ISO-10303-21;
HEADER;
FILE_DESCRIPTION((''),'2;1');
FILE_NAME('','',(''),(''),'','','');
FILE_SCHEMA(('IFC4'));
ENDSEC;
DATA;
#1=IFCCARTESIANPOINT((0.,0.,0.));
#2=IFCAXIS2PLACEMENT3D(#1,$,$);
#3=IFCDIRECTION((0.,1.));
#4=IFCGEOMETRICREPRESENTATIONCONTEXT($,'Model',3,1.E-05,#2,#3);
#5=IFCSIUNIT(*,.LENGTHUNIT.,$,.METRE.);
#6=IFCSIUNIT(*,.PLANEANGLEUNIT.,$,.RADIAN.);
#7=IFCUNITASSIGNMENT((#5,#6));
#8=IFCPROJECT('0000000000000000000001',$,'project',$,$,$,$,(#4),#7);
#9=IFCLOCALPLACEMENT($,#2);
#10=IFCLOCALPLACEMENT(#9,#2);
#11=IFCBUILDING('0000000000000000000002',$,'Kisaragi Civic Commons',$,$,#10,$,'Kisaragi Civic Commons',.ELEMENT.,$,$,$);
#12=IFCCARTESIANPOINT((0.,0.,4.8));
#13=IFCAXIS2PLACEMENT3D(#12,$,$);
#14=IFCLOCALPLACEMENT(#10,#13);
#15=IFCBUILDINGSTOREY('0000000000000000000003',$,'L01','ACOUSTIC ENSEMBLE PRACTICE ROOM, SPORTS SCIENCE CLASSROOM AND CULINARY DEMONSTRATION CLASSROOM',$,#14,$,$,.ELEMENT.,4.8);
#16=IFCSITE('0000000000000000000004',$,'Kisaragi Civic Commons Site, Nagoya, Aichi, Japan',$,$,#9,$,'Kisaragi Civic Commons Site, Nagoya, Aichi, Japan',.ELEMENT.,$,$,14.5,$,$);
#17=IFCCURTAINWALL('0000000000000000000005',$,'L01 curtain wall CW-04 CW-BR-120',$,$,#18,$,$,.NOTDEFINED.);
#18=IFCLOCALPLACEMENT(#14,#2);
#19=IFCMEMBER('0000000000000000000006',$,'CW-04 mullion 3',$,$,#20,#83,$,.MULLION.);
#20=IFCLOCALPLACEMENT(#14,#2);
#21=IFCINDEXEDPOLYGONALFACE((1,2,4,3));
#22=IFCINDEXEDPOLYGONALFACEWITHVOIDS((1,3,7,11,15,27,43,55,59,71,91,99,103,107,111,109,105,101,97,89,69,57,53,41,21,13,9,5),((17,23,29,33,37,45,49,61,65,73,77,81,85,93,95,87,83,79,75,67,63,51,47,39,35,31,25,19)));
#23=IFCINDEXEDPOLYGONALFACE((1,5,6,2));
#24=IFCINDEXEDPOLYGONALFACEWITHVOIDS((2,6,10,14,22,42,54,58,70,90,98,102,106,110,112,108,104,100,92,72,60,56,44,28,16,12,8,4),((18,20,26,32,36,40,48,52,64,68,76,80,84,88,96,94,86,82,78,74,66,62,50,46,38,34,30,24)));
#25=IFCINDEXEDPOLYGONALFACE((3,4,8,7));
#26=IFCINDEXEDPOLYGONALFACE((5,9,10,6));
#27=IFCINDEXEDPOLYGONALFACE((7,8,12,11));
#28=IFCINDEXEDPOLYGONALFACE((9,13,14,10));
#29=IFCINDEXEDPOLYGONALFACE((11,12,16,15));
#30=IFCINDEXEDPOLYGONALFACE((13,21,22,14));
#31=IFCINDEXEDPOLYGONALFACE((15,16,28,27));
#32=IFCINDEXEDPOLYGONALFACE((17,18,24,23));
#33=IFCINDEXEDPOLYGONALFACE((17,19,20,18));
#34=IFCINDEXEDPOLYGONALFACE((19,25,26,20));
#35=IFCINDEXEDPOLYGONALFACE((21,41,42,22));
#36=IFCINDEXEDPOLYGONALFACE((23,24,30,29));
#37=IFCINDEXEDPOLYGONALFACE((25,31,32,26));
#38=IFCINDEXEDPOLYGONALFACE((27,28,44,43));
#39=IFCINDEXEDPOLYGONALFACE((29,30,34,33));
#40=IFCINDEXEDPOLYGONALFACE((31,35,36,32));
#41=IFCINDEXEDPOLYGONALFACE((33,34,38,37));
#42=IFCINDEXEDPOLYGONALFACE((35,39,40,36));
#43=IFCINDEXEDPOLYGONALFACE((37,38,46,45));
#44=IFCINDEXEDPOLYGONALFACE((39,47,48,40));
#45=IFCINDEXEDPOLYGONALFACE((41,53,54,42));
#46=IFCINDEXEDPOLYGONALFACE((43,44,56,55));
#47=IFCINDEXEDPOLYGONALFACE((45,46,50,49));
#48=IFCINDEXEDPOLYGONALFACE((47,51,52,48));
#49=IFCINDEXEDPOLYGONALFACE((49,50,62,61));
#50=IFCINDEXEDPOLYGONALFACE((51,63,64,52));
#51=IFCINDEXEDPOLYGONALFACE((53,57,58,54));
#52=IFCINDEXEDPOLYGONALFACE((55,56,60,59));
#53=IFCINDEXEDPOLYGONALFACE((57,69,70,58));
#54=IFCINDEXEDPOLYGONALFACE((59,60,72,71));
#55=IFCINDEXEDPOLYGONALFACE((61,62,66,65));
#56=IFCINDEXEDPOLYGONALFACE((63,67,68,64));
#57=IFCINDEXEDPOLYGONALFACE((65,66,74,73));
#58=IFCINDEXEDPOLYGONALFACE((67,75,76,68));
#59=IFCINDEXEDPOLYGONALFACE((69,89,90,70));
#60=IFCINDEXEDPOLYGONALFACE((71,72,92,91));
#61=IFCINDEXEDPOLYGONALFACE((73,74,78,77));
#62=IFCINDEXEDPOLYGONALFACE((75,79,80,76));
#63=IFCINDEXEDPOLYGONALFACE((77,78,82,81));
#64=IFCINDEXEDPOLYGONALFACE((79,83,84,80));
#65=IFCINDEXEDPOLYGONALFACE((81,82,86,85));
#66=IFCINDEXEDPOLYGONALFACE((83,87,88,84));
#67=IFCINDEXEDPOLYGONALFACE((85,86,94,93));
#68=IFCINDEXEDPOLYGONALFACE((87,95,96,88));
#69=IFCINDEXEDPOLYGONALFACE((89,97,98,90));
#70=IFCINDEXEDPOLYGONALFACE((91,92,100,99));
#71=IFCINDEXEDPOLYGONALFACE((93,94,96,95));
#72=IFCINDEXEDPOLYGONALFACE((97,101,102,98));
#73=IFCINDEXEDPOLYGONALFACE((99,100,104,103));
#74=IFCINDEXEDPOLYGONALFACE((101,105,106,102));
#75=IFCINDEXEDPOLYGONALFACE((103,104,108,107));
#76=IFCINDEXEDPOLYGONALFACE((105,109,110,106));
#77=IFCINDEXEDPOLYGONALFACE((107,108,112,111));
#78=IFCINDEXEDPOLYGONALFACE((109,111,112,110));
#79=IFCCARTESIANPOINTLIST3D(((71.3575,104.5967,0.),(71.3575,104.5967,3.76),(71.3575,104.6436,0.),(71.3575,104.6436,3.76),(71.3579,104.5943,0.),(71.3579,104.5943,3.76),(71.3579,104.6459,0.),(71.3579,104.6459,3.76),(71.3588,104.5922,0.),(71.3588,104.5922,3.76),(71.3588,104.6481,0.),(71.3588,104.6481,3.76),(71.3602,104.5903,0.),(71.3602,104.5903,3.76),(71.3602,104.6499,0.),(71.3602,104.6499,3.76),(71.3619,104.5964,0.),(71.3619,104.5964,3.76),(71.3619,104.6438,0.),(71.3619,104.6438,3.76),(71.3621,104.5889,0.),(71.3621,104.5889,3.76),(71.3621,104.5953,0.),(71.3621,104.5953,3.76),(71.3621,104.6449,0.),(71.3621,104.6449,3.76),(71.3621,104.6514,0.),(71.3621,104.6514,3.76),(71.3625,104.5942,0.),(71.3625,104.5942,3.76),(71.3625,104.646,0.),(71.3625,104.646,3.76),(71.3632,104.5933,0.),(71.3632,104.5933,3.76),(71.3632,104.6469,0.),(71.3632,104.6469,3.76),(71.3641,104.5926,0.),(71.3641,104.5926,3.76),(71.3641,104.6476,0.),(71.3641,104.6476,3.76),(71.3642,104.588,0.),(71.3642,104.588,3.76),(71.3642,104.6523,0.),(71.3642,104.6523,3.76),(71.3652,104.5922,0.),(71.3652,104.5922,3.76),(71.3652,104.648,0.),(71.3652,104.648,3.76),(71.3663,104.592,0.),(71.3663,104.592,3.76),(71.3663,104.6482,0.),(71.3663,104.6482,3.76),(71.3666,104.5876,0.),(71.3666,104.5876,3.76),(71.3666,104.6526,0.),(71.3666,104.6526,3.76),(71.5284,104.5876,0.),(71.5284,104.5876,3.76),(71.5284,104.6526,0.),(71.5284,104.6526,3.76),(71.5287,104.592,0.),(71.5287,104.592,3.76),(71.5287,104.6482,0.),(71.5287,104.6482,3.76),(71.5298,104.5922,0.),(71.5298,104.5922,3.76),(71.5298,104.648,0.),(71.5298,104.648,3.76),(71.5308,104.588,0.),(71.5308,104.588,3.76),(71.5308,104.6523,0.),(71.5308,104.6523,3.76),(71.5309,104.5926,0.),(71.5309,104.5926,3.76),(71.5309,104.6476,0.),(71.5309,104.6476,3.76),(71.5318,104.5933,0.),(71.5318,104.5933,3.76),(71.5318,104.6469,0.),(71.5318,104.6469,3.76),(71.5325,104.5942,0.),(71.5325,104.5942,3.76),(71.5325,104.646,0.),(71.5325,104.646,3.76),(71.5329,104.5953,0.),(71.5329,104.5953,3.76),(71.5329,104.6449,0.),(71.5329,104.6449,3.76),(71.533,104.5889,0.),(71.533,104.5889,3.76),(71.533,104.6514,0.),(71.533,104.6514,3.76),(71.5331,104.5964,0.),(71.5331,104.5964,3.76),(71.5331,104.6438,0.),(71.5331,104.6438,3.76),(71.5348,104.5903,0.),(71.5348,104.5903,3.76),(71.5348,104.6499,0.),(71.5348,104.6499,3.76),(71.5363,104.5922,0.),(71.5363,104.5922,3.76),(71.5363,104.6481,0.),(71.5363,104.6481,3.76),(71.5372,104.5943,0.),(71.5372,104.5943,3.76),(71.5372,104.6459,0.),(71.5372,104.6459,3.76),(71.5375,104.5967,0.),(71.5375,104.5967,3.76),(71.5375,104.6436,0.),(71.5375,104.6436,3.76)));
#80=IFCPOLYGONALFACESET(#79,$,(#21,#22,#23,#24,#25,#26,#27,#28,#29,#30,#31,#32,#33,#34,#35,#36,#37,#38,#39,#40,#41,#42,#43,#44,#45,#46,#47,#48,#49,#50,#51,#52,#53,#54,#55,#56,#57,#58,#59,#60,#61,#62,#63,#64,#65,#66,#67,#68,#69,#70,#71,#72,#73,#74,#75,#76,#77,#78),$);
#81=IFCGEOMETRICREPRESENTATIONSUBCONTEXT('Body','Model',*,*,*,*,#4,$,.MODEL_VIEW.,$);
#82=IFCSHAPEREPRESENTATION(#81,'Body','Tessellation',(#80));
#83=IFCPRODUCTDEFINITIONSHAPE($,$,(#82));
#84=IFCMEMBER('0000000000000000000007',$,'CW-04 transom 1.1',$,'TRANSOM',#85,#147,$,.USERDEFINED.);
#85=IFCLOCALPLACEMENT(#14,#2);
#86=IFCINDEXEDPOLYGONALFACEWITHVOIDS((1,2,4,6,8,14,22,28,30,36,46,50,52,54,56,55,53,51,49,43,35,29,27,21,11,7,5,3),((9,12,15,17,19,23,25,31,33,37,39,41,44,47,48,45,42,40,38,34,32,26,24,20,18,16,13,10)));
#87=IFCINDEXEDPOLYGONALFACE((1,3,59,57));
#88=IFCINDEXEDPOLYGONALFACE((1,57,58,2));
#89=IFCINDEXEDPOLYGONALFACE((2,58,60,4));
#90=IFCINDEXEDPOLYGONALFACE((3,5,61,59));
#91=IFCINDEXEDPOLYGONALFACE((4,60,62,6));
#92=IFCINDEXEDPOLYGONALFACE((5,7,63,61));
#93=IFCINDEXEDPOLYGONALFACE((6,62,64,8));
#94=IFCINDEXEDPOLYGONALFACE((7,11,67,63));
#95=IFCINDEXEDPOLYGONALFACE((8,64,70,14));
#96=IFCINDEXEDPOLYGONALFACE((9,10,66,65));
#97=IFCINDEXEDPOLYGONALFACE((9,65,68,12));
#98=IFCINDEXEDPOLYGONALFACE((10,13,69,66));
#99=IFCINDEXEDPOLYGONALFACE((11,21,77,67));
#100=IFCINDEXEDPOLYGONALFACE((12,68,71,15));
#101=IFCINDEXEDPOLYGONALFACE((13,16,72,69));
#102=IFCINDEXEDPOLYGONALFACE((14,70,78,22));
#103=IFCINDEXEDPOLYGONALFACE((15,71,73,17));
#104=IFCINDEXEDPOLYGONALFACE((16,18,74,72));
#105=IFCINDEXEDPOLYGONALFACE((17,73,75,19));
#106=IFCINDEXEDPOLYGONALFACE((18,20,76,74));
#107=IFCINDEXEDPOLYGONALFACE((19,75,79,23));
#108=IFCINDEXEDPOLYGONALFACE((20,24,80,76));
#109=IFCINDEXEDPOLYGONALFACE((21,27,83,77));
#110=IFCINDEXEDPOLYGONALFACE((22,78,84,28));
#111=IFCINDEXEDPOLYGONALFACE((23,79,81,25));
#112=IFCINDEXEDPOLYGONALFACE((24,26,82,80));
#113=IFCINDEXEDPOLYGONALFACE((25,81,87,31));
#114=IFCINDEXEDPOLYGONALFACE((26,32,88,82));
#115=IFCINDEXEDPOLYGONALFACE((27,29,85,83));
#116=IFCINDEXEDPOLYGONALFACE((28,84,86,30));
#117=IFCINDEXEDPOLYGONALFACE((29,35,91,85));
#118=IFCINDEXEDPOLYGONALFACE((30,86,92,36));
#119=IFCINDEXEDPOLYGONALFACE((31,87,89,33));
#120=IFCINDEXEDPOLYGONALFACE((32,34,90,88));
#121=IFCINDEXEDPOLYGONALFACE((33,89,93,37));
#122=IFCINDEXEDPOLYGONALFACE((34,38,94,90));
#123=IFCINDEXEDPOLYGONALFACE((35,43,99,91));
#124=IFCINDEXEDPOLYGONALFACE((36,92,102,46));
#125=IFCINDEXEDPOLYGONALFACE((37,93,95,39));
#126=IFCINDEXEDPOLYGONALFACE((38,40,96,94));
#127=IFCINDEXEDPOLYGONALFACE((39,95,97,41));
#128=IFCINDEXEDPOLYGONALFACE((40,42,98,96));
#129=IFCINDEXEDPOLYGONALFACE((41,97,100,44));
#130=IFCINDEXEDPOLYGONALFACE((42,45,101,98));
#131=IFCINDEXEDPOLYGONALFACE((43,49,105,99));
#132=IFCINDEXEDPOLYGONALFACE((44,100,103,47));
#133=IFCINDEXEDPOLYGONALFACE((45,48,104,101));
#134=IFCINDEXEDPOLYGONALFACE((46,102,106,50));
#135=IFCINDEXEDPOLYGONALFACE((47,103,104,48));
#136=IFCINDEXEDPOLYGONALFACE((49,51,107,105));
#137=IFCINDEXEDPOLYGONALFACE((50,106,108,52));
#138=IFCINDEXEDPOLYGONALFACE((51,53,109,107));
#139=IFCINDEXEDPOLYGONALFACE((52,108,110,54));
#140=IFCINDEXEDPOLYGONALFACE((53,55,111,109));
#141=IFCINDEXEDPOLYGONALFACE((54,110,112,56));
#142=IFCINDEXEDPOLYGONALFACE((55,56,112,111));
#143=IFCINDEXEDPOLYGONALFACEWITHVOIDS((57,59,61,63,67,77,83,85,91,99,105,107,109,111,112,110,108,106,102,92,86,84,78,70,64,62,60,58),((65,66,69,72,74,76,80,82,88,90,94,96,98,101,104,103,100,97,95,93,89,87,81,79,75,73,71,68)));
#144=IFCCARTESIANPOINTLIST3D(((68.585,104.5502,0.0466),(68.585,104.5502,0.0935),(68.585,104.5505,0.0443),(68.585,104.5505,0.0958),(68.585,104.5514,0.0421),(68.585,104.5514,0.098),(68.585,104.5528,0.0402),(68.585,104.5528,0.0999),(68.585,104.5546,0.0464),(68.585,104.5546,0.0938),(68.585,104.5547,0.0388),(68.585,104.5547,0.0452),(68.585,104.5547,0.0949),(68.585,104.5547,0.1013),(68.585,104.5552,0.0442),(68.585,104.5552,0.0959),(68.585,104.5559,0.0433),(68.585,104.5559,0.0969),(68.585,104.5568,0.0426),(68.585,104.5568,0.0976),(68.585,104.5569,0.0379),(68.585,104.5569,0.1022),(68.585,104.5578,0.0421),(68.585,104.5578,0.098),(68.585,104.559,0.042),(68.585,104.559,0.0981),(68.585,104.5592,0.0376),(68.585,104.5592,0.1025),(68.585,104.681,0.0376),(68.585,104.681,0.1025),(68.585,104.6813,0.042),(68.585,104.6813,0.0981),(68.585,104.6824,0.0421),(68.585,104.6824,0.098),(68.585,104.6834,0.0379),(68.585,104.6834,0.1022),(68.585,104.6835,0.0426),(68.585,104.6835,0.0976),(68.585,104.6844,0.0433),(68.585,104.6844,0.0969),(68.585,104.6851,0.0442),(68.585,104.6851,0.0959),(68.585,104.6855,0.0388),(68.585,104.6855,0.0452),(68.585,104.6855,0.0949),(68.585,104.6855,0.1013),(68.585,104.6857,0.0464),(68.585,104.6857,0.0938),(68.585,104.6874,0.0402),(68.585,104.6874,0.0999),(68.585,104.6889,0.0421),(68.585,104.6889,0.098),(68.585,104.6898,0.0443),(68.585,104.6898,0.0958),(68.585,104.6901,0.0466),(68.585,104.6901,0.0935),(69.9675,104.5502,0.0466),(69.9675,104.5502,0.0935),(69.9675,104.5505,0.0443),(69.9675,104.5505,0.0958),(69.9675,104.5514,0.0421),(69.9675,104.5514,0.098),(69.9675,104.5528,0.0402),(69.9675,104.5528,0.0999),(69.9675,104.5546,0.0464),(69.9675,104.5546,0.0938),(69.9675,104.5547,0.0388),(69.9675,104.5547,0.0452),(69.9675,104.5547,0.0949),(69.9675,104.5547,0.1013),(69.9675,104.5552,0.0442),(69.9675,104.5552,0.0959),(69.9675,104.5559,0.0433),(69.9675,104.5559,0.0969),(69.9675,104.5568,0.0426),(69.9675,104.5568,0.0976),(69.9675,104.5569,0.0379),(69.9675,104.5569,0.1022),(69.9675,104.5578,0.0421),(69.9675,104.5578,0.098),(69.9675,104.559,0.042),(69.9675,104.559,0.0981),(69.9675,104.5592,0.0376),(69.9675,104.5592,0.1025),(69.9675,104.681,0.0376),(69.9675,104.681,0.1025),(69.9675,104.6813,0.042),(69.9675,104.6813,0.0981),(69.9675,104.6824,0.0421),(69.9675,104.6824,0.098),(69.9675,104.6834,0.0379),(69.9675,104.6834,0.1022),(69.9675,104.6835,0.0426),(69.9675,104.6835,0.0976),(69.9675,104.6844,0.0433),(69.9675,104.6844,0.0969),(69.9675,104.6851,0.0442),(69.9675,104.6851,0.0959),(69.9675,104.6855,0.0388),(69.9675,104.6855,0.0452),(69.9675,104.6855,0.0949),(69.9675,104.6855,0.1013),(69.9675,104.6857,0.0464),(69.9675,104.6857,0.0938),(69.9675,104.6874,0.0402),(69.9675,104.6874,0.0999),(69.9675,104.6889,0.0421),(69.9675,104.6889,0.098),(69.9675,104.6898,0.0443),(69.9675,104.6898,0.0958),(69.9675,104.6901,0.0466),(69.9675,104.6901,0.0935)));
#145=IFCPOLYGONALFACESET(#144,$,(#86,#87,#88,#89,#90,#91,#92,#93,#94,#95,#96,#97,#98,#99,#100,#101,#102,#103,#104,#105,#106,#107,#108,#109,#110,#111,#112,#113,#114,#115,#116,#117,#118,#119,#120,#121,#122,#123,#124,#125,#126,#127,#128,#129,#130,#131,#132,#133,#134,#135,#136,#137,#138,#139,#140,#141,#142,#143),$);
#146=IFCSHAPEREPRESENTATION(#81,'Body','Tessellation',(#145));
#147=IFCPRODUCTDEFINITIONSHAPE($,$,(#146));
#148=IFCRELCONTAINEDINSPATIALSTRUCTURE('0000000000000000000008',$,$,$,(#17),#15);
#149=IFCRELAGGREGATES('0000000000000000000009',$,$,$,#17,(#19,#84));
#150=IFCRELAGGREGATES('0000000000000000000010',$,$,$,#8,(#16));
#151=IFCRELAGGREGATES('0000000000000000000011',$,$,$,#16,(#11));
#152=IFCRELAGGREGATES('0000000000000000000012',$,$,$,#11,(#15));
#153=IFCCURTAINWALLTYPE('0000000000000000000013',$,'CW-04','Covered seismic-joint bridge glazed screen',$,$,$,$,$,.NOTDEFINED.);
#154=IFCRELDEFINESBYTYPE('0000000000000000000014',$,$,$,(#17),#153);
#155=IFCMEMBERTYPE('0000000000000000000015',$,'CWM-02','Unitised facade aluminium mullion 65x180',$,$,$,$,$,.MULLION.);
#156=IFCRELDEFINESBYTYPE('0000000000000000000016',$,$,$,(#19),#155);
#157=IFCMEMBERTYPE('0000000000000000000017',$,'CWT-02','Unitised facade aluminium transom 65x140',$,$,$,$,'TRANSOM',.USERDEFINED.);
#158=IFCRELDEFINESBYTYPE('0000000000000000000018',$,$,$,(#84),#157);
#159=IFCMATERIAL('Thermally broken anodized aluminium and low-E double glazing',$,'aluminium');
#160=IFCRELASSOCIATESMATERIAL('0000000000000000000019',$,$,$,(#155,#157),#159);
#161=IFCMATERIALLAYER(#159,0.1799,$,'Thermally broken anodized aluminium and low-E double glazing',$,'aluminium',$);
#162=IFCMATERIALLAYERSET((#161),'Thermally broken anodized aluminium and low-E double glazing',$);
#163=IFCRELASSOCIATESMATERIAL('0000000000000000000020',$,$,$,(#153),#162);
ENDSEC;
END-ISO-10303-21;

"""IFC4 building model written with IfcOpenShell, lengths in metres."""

from ifc_helpers import new_model, si_unit, direction, frame, origin, origin_2d, place, context, subcontext, project, spatial, hollow_rectangle, extrude, material, layer, layer_set, material_profile, profile_set, type_object, element, aggregate, save


model = new_model("IFC4")

# Units and contexts
model_context = context("Model", 3, precision=1e-05, world=origin(), true_north=direction((0.0, 1.0)))
body_context = subcontext(model_context, "Body", "Model", "MODEL_VIEW")
ifc_project = project(units=[si_unit("LENGTHUNIT", "METRE"), si_unit("PLANEANGLEUNIT", "RADIAN")], contexts=[model_context])

# Site, building, storey
site_placement = place(None, origin())
site = spatial("IfcSite", under=ifc_project, at=site_placement, Name="Kisaragi Civic Commons Site, Nagoya, Aichi, Japan", LongName="Kisaragi Civic Commons Site, Nagoya, Aichi, Japan", CompositionType="ELEMENT", RefElevation=14.5)
building_placement = place(site_placement, origin())
building = spatial("IfcBuilding", under=site, at=building_placement, Name="Kisaragi Civic Commons", LongName="Kisaragi Civic Commons", CompositionType="ELEMENT")
storey_placement = place(building_placement, frame((0.0, 0.0, 4.8)))
storey = spatial("IfcBuildingStorey", under=building, at=storey_placement, Name="L01", Description="ACOUSTIC ENSEMBLE PRACTICE ROOM, SPORTS SCIENCE CLASSROOM AND CULINARY DEMONSTRATION CLASSROOM", CompositionType="ELEMENT", Elevation=4.8)

# Shared definitions
ifc_material = material(Name="Thermally broken anodized aluminium and low-E double glazing", Category="aluminium")
ifc_material_profile_1 = material_profile(ifc_material, hollow_rectangle(XDim=0.0649, YDim=0.1799, WallThickness=0.0044, InnerFilletRadius=0.0044, OuterFilletRadius=0.009, at=origin_2d()), Name="CWM-65x180x4.5", Category="aluminium")
ifc_profile_set_1 = profile_set([ifc_material_profile_1], Name="Thermally broken anodized aluminium and low-E double glazing")
member_type_1 = type_object("IfcMemberType", Name="CWM-02", Description="Unitised facade aluminium mullion 65x180", PredefinedType="MULLION", material=ifc_profile_set_1)

# Curtain wall, members
ifc_layer_1 = layer(ifc_material, 0.1799, Name="Thermally broken anodized aluminium and low-E double glazing", Category="aluminium")
ifc_layer_set_1 = layer_set([ifc_layer_1], Name="Thermally broken anodized aluminium and low-E double glazing")
curtain_wall_type_1 = type_object("IfcCurtainWallType", Name="CW-04", Description="Covered seismic-joint bridge glazed screen", PredefinedType="NOTDEFINED", material=ifc_layer_set_1)
curtain_wall_1_placement = place(storey_placement, origin())
curtain_wall_1 = element("IfcCurtainWall", 1, at=curtain_wall_1_placement, inside=storey, type_object=curtain_wall_type_1, Name="L01 curtain wall CW-04 CW-BR-120", PredefinedType="NOTDEFINED")
member_1_placement = place(storey_placement, frame((71.4475, 104.6201, 0.0), z_axis=(0.0, 0.0, 1.0), x_axis=(0.0, 1.0, 0.0)))
member_1 = element("IfcMember", 2, at=member_1_placement, type_object=member_type_1, Name="CW-04 mullion 3", PredefinedType="MULLION", context=body_context, shape_type="SweptSolid", body=[
    extrude(hollow_rectangle(XDim=0.0649, YDim=0.1799, WallThickness=0.0044, InnerFilletRadius=0.0044, OuterFilletRadius=0.009, at=origin_2d()), origin(), (0.0, 0.0, 1.0), 3.76),
])
ifc_material_profile_2 = material_profile(ifc_material, hollow_rectangle(XDim=0.1399, YDim=0.0649, WallThickness=0.0044, InnerFilletRadius=0.0044, OuterFilletRadius=0.009, at=origin_2d()), Name="CWT-65x140x4.5", Category="aluminium")
ifc_profile_set_2 = profile_set([ifc_material_profile_2], Name="Thermally broken anodized aluminium and low-E double glazing")
member_type_2 = type_object("IfcMemberType", Name="CWT-02", Description="Unitised facade aluminium transom 65x140", ElementType="TRANSOM", PredefinedType="USERDEFINED", material=ifc_profile_set_2)
member_2_placement = place(storey_placement, frame((68.585, 104.6201, 0.0701), z_axis=(1.0, 0.0, 0.0), x_axis=(0.0, 1.0, 0.0)))
member_2 = element("IfcMember", 3, at=member_2_placement, type_object=member_type_2, Name="CW-04 transom 1.1", ObjectType="TRANSOM", PredefinedType="USERDEFINED", context=body_context, shape_type="SweptSolid", body=[
    extrude(hollow_rectangle(XDim=0.1399, YDim=0.0649, WallThickness=0.0044, InnerFilletRadius=0.0044, OuterFilletRadius=0.009, at=origin_2d()), origin(), (0.0, 0.0, 1.0), 1.3826),
])

aggregate(curtain_wall_1, [member_1, member_2])

save(model, "model.ifc")
